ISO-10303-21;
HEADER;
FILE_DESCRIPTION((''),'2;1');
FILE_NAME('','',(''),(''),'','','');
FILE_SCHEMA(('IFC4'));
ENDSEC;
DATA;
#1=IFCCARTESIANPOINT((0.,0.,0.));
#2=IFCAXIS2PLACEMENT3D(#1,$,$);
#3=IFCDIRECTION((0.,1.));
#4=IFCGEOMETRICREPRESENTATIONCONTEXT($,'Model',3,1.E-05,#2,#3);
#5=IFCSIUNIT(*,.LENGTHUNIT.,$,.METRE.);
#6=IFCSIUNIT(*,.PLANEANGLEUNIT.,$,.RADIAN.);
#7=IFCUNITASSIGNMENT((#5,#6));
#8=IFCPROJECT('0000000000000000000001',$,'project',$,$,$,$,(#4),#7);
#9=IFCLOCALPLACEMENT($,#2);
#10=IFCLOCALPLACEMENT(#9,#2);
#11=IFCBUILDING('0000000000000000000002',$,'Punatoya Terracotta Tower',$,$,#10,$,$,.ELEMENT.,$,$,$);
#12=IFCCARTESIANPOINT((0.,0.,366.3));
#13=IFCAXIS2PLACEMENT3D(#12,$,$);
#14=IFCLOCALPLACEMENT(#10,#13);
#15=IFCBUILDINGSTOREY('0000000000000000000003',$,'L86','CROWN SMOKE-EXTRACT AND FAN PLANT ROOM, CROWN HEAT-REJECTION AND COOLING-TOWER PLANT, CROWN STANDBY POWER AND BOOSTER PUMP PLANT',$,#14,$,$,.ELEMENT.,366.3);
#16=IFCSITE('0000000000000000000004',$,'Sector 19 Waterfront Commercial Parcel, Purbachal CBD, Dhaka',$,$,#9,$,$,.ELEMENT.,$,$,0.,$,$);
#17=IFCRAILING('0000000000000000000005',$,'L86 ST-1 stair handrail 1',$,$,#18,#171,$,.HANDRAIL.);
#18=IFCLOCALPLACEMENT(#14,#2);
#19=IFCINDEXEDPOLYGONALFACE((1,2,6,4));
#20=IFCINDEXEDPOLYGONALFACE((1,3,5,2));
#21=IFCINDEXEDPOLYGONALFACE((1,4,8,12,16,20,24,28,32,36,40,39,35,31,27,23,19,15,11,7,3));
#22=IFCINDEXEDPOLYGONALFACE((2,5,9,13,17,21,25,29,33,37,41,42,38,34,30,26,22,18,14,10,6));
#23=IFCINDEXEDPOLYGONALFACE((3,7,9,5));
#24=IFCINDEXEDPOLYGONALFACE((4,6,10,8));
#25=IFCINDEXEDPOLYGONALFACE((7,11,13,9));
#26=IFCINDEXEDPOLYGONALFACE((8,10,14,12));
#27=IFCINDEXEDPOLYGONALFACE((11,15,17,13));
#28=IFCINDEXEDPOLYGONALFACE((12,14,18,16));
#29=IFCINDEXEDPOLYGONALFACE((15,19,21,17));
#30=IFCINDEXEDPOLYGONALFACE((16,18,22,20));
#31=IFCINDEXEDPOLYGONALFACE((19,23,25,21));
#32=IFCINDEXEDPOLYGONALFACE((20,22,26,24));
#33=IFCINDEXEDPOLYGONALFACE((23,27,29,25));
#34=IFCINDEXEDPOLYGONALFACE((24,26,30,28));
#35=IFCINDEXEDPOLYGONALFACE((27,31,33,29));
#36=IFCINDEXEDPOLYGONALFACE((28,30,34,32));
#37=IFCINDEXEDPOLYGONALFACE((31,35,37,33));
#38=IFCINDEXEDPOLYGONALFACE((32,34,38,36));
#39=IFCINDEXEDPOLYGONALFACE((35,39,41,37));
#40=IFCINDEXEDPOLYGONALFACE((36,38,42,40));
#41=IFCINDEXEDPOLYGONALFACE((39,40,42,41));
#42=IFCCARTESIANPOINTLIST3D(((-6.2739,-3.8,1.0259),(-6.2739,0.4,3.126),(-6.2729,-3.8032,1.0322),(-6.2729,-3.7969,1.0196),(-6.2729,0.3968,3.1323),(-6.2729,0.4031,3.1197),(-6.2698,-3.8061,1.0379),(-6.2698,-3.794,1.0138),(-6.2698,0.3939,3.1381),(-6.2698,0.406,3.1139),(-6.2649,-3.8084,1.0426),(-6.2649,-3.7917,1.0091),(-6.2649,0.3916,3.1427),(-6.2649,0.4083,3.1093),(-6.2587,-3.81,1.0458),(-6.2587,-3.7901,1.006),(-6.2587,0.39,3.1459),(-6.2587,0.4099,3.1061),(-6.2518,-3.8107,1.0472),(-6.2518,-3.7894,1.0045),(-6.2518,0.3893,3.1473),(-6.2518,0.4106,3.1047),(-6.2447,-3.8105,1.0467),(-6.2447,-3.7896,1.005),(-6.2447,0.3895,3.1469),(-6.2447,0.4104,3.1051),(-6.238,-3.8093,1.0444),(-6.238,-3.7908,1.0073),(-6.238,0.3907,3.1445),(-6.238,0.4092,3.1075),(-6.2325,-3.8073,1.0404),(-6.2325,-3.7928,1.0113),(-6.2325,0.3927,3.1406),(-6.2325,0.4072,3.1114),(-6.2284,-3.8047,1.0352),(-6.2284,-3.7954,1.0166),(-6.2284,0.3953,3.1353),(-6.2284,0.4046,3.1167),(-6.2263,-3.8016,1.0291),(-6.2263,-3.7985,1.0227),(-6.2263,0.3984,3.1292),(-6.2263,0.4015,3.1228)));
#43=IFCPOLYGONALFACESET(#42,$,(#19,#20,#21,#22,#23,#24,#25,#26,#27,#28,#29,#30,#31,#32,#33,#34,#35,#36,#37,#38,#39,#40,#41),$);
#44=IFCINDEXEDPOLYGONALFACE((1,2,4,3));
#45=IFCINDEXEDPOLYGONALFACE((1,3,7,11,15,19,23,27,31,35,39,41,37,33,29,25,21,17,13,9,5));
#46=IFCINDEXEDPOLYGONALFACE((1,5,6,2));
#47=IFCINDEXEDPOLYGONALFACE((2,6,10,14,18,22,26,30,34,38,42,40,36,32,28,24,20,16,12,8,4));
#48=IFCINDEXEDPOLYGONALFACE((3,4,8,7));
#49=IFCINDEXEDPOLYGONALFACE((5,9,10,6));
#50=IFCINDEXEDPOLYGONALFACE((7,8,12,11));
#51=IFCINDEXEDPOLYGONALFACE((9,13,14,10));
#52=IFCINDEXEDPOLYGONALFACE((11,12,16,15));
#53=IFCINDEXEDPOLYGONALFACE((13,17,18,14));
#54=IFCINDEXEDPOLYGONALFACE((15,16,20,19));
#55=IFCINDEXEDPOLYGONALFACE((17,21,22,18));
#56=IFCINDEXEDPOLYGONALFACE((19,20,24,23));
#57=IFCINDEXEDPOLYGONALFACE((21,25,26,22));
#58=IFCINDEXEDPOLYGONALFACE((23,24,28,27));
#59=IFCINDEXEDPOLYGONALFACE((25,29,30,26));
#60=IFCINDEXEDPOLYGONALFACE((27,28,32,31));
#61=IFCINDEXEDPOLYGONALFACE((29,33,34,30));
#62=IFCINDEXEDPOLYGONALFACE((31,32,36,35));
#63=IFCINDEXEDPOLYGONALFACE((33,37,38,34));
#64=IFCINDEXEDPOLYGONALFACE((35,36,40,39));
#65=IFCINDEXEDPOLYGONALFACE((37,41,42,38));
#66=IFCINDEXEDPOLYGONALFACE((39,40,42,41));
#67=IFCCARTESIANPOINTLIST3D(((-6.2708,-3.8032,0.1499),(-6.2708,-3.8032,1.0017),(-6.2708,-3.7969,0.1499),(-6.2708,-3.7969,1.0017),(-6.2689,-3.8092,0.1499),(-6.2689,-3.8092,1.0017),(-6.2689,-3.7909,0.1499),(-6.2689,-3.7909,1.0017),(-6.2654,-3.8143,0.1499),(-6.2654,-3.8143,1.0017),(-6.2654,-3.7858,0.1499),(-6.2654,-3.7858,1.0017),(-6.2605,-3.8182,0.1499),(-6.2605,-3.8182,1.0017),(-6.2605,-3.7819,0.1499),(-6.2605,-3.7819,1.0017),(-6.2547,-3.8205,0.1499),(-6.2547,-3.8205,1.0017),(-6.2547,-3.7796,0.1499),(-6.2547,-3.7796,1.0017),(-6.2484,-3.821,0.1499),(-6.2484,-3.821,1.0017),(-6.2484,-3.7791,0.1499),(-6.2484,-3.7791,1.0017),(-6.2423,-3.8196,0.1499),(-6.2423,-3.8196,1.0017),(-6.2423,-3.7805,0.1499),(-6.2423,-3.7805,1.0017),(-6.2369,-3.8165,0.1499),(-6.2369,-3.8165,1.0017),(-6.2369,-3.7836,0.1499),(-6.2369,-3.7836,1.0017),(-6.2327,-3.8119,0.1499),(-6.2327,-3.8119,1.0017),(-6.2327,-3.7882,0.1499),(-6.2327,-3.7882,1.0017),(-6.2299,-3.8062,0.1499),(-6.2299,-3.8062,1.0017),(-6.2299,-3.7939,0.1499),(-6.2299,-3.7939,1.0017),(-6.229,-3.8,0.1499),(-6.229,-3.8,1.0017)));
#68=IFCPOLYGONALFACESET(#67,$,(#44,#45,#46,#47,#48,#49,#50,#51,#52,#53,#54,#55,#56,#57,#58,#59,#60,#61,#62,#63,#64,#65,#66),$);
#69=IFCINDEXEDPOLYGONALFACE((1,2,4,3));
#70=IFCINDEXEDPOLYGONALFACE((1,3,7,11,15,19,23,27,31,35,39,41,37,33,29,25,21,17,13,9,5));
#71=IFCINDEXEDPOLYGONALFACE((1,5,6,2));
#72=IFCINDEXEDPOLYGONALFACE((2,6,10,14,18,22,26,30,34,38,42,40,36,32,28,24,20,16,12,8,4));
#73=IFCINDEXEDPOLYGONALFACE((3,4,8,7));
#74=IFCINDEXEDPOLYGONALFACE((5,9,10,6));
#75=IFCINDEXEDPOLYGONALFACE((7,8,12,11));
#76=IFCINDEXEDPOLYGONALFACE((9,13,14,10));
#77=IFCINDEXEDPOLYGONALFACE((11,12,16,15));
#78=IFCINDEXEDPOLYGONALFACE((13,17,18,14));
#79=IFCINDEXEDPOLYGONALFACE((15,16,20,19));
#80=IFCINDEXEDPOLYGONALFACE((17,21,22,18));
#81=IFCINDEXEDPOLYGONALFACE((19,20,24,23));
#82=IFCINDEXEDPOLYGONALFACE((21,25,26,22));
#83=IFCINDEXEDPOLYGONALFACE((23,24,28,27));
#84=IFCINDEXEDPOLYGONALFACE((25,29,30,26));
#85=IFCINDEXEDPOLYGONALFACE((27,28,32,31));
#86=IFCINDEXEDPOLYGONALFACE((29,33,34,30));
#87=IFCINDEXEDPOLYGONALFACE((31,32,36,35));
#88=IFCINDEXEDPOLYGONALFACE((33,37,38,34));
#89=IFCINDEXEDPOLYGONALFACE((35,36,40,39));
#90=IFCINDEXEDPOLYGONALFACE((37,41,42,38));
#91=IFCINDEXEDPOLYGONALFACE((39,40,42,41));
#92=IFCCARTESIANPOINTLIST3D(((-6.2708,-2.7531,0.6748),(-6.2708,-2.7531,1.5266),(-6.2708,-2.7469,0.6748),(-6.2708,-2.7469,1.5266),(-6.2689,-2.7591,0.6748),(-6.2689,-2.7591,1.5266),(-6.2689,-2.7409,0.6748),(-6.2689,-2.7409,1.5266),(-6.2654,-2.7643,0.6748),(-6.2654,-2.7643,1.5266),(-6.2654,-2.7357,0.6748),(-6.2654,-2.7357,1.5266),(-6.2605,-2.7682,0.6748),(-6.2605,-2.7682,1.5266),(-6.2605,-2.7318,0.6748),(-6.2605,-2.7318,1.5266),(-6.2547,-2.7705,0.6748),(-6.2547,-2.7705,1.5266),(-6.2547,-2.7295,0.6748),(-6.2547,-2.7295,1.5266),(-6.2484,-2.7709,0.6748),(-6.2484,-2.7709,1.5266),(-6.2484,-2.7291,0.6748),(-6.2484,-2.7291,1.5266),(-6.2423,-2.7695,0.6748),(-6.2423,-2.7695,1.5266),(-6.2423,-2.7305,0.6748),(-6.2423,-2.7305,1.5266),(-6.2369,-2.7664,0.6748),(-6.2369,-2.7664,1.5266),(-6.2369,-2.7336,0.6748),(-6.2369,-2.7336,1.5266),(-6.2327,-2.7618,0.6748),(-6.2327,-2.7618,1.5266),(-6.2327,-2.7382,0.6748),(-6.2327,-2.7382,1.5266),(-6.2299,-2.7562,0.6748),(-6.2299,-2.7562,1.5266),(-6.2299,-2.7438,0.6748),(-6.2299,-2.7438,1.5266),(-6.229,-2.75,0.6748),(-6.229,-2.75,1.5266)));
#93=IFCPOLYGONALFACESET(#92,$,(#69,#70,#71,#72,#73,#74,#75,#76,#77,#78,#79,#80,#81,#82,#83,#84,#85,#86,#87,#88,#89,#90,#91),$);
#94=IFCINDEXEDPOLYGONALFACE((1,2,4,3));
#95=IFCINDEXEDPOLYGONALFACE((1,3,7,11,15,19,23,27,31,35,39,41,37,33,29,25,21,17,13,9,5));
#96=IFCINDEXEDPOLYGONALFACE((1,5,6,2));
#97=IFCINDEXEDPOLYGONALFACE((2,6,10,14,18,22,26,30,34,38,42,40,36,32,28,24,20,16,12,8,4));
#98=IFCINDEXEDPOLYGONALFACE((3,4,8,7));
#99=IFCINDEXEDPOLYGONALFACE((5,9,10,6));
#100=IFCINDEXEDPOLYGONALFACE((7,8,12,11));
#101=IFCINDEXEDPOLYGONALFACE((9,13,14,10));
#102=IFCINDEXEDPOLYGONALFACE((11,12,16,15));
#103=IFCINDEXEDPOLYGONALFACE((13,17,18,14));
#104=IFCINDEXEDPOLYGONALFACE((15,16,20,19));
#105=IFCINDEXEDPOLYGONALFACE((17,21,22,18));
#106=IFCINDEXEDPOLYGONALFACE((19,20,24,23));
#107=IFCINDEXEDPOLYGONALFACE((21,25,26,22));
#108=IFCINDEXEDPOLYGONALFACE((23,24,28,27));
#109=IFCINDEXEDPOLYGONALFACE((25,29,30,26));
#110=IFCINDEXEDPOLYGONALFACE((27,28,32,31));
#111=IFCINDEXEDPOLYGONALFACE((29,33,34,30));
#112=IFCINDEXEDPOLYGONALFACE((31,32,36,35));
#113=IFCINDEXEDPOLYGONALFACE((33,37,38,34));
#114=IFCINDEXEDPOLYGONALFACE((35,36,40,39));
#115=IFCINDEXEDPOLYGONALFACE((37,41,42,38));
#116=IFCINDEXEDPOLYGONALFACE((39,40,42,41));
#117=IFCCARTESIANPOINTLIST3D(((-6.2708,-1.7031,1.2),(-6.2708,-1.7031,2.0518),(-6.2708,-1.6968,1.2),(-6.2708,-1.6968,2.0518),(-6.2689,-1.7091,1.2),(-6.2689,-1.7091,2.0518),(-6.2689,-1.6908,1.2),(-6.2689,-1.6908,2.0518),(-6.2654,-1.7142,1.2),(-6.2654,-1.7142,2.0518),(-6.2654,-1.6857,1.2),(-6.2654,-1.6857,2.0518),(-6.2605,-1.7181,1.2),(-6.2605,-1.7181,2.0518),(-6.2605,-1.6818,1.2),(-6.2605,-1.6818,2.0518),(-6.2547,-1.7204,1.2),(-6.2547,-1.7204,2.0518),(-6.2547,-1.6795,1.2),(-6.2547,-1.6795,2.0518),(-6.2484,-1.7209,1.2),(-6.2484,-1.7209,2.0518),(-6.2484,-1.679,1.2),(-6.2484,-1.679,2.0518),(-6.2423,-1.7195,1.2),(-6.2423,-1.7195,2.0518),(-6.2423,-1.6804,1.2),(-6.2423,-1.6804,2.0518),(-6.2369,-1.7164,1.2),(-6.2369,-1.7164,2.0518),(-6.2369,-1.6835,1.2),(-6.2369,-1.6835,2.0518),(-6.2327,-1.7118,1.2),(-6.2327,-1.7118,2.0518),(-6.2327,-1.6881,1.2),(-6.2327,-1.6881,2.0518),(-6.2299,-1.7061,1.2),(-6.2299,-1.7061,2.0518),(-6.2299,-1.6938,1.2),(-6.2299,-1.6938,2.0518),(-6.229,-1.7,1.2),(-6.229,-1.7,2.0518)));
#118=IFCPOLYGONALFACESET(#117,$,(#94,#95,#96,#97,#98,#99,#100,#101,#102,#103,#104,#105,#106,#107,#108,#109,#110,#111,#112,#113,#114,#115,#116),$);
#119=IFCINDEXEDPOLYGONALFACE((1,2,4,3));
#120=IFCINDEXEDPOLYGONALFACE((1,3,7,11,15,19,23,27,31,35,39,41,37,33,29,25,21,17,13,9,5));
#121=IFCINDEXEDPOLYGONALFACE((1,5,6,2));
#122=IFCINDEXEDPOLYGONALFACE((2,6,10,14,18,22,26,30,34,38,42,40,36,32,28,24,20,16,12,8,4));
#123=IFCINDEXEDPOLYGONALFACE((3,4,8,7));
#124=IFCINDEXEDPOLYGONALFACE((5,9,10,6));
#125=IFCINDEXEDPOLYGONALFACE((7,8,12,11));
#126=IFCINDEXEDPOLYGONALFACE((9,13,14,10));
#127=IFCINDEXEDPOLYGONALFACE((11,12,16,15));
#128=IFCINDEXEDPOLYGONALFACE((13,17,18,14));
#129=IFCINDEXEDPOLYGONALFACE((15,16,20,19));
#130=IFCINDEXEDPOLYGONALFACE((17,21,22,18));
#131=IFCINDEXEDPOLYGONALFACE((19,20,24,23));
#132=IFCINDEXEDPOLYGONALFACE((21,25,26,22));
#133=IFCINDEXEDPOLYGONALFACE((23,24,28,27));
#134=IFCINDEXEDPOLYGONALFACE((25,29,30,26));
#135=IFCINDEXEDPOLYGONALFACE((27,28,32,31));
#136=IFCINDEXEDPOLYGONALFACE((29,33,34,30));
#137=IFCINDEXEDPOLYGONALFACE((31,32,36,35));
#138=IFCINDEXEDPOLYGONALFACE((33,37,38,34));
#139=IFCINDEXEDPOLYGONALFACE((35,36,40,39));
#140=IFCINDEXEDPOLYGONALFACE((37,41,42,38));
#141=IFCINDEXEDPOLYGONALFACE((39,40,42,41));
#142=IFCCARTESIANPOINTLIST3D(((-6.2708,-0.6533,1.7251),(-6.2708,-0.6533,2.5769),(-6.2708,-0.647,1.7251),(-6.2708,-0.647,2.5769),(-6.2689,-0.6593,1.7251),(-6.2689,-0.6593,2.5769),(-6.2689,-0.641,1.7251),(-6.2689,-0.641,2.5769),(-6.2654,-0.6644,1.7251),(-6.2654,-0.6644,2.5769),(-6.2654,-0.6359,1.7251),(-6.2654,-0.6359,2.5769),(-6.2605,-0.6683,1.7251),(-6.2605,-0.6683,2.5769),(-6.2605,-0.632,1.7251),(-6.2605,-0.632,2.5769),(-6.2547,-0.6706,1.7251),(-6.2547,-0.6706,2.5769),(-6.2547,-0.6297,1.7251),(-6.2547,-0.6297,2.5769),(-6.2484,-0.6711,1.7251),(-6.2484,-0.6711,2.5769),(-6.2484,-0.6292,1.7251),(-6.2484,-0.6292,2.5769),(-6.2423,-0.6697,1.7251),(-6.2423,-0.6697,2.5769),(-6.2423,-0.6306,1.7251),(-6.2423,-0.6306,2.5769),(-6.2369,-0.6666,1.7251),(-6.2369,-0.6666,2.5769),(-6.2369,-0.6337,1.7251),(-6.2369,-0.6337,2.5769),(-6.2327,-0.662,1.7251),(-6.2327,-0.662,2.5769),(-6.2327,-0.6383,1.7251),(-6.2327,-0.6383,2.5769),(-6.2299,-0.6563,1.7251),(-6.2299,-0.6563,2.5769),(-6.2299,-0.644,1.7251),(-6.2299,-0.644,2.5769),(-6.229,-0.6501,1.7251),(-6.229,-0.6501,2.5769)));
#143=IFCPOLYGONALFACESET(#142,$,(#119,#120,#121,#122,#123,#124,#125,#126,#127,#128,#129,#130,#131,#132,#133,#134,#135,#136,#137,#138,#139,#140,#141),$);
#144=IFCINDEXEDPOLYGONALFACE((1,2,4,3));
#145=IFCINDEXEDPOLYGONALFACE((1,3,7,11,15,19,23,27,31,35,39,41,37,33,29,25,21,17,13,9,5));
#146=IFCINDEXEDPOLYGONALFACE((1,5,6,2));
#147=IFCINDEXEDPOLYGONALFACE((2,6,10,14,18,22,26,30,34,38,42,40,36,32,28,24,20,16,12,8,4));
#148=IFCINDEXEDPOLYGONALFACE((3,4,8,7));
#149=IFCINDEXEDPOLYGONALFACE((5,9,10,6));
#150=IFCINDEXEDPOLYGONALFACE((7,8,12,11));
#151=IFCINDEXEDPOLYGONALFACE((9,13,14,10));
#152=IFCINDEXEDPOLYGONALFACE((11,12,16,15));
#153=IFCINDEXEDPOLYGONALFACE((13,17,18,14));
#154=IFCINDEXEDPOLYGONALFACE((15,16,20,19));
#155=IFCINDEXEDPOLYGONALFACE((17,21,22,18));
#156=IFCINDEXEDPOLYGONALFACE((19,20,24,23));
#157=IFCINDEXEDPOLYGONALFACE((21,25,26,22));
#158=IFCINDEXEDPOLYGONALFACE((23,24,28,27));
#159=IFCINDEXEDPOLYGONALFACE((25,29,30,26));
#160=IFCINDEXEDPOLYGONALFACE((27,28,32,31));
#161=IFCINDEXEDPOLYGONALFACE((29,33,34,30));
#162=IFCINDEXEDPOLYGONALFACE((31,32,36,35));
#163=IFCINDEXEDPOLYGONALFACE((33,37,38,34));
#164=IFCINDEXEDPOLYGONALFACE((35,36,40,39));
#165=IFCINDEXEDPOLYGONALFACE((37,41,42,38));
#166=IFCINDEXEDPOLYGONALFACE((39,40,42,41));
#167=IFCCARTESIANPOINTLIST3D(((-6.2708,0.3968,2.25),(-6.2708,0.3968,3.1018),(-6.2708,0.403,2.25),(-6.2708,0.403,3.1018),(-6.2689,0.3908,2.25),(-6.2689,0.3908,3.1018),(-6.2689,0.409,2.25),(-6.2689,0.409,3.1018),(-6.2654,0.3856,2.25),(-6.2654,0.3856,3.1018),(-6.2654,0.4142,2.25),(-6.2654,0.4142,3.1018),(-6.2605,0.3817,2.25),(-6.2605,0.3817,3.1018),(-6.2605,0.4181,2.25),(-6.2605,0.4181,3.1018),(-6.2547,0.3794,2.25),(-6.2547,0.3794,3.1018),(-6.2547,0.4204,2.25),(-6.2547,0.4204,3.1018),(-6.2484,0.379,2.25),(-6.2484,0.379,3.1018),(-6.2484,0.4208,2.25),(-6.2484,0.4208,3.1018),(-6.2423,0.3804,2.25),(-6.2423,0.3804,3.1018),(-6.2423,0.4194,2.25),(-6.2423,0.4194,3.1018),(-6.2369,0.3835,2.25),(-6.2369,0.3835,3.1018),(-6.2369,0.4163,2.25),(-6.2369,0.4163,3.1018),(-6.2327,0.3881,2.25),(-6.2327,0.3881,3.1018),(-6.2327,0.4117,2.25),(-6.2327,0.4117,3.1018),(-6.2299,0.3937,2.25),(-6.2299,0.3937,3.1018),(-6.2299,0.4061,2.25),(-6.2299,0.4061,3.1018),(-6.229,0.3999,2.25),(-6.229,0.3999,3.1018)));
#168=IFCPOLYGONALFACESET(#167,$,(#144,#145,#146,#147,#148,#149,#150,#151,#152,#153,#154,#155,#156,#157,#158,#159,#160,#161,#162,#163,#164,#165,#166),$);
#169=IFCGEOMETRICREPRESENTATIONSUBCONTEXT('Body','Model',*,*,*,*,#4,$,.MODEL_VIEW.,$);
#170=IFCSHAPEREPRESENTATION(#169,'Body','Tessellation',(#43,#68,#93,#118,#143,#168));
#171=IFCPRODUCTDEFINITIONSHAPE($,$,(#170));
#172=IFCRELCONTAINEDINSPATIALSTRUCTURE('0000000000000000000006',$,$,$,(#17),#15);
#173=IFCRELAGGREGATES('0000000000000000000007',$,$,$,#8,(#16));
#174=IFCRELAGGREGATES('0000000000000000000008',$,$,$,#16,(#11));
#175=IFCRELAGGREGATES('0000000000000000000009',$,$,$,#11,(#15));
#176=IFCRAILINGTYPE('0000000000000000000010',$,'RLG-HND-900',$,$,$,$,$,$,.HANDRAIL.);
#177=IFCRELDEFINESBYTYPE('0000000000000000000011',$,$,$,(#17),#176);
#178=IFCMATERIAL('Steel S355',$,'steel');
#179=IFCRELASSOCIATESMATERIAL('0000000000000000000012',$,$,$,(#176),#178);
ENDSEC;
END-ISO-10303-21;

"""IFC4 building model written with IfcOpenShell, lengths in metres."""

from ifc_helpers import new_model, si_unit, direction, frame, origin, origin_2d, place, context, subcontext, project, spatial, circle, extrude, material, type_object, element, save


model = new_model("IFC4")

# Units and contexts
model_context = context("Model", 3, precision=1e-05, world=origin(), true_north=direction((0.0, 1.0)))
body_context = subcontext(model_context, "Body", "Model", "MODEL_VIEW")
ifc_project = project(units=[si_unit("LENGTHUNIT", "METRE"), si_unit("PLANEANGLEUNIT", "RADIAN")], contexts=[model_context])

# Site, building, storey
site_placement = place(None, origin())
site = spatial("IfcSite", under=ifc_project, at=site_placement, Name="Sector 19 Waterfront Commercial Parcel, Purbachal CBD, Dhaka", CompositionType="ELEMENT", RefElevation=0.0)
building_placement = place(site_placement, origin())
building = spatial("IfcBuilding", under=site, at=building_placement, Name="Punatoya Terracotta Tower", CompositionType="ELEMENT")
storey_placement = place(building_placement, frame((0.0, 0.0, 366.3)))
storey = spatial("IfcBuildingStorey", under=building, at=storey_placement, Name="L86", Description="CROWN SMOKE-EXTRACT AND FAN PLANT ROOM, CROWN HEAT-REJECTION AND COOLING-TOWER PLANT, CROWN STANDBY POWER AND BOOSTER PUMP PLANT", CompositionType="ELEMENT", Elevation=366.3)

# Shared definitions
ifc_material_1 = material(Name="Steel S355", Category="steel")

# Railing
railing_type = type_object("IfcRailingType", Name="RLG-HND-900", PredefinedType="HANDRAIL", material=ifc_material_1)
railing_placement = place(storey_placement, frame((-6.25, -3.8, 0.1499)))
element("IfcRailing", 1, at=railing_placement, inside=storey, type_object=railing_type, Name="L86 ST-1 stair handrail 1", PredefinedType="HANDRAIL", context=body_context, shape_type="SweptSolid", body=[
    extrude(circle(Radius=0.0239, at=origin_2d()), frame((0.0, 0.0, 0.876), z_axis=(0.0, 0.894417, 0.447234), x_axis=(-1.0, 0.0, 0.0)), (0.0, 0.0, 1.0), 4.6958),
    extrude(circle(Radius=0.021, at=origin_2d()), origin(), (0.0, 0.0, 1.0), 0.8518),
    extrude(circle(Radius=0.021, at=origin_2d()), frame((0.0, 1.05, 0.5249)), (0.0, 0.0, 1.0), 0.8518),
    extrude(circle(Radius=0.021, at=origin_2d()), frame((0.0, 2.1001, 1.05)), (0.0, 0.0, 1.0), 0.8518),
    extrude(circle(Radius=0.021, at=origin_2d()), frame((0.0, 3.1499, 1.5752)), (0.0, 0.0, 1.0), 0.8518),
    extrude(circle(Radius=0.021, at=origin_2d()), frame((0.0, 4.2, 2.1001)), (0.0, 0.0, 1.0), 0.8518),
])

save(model, "model.ifc")
